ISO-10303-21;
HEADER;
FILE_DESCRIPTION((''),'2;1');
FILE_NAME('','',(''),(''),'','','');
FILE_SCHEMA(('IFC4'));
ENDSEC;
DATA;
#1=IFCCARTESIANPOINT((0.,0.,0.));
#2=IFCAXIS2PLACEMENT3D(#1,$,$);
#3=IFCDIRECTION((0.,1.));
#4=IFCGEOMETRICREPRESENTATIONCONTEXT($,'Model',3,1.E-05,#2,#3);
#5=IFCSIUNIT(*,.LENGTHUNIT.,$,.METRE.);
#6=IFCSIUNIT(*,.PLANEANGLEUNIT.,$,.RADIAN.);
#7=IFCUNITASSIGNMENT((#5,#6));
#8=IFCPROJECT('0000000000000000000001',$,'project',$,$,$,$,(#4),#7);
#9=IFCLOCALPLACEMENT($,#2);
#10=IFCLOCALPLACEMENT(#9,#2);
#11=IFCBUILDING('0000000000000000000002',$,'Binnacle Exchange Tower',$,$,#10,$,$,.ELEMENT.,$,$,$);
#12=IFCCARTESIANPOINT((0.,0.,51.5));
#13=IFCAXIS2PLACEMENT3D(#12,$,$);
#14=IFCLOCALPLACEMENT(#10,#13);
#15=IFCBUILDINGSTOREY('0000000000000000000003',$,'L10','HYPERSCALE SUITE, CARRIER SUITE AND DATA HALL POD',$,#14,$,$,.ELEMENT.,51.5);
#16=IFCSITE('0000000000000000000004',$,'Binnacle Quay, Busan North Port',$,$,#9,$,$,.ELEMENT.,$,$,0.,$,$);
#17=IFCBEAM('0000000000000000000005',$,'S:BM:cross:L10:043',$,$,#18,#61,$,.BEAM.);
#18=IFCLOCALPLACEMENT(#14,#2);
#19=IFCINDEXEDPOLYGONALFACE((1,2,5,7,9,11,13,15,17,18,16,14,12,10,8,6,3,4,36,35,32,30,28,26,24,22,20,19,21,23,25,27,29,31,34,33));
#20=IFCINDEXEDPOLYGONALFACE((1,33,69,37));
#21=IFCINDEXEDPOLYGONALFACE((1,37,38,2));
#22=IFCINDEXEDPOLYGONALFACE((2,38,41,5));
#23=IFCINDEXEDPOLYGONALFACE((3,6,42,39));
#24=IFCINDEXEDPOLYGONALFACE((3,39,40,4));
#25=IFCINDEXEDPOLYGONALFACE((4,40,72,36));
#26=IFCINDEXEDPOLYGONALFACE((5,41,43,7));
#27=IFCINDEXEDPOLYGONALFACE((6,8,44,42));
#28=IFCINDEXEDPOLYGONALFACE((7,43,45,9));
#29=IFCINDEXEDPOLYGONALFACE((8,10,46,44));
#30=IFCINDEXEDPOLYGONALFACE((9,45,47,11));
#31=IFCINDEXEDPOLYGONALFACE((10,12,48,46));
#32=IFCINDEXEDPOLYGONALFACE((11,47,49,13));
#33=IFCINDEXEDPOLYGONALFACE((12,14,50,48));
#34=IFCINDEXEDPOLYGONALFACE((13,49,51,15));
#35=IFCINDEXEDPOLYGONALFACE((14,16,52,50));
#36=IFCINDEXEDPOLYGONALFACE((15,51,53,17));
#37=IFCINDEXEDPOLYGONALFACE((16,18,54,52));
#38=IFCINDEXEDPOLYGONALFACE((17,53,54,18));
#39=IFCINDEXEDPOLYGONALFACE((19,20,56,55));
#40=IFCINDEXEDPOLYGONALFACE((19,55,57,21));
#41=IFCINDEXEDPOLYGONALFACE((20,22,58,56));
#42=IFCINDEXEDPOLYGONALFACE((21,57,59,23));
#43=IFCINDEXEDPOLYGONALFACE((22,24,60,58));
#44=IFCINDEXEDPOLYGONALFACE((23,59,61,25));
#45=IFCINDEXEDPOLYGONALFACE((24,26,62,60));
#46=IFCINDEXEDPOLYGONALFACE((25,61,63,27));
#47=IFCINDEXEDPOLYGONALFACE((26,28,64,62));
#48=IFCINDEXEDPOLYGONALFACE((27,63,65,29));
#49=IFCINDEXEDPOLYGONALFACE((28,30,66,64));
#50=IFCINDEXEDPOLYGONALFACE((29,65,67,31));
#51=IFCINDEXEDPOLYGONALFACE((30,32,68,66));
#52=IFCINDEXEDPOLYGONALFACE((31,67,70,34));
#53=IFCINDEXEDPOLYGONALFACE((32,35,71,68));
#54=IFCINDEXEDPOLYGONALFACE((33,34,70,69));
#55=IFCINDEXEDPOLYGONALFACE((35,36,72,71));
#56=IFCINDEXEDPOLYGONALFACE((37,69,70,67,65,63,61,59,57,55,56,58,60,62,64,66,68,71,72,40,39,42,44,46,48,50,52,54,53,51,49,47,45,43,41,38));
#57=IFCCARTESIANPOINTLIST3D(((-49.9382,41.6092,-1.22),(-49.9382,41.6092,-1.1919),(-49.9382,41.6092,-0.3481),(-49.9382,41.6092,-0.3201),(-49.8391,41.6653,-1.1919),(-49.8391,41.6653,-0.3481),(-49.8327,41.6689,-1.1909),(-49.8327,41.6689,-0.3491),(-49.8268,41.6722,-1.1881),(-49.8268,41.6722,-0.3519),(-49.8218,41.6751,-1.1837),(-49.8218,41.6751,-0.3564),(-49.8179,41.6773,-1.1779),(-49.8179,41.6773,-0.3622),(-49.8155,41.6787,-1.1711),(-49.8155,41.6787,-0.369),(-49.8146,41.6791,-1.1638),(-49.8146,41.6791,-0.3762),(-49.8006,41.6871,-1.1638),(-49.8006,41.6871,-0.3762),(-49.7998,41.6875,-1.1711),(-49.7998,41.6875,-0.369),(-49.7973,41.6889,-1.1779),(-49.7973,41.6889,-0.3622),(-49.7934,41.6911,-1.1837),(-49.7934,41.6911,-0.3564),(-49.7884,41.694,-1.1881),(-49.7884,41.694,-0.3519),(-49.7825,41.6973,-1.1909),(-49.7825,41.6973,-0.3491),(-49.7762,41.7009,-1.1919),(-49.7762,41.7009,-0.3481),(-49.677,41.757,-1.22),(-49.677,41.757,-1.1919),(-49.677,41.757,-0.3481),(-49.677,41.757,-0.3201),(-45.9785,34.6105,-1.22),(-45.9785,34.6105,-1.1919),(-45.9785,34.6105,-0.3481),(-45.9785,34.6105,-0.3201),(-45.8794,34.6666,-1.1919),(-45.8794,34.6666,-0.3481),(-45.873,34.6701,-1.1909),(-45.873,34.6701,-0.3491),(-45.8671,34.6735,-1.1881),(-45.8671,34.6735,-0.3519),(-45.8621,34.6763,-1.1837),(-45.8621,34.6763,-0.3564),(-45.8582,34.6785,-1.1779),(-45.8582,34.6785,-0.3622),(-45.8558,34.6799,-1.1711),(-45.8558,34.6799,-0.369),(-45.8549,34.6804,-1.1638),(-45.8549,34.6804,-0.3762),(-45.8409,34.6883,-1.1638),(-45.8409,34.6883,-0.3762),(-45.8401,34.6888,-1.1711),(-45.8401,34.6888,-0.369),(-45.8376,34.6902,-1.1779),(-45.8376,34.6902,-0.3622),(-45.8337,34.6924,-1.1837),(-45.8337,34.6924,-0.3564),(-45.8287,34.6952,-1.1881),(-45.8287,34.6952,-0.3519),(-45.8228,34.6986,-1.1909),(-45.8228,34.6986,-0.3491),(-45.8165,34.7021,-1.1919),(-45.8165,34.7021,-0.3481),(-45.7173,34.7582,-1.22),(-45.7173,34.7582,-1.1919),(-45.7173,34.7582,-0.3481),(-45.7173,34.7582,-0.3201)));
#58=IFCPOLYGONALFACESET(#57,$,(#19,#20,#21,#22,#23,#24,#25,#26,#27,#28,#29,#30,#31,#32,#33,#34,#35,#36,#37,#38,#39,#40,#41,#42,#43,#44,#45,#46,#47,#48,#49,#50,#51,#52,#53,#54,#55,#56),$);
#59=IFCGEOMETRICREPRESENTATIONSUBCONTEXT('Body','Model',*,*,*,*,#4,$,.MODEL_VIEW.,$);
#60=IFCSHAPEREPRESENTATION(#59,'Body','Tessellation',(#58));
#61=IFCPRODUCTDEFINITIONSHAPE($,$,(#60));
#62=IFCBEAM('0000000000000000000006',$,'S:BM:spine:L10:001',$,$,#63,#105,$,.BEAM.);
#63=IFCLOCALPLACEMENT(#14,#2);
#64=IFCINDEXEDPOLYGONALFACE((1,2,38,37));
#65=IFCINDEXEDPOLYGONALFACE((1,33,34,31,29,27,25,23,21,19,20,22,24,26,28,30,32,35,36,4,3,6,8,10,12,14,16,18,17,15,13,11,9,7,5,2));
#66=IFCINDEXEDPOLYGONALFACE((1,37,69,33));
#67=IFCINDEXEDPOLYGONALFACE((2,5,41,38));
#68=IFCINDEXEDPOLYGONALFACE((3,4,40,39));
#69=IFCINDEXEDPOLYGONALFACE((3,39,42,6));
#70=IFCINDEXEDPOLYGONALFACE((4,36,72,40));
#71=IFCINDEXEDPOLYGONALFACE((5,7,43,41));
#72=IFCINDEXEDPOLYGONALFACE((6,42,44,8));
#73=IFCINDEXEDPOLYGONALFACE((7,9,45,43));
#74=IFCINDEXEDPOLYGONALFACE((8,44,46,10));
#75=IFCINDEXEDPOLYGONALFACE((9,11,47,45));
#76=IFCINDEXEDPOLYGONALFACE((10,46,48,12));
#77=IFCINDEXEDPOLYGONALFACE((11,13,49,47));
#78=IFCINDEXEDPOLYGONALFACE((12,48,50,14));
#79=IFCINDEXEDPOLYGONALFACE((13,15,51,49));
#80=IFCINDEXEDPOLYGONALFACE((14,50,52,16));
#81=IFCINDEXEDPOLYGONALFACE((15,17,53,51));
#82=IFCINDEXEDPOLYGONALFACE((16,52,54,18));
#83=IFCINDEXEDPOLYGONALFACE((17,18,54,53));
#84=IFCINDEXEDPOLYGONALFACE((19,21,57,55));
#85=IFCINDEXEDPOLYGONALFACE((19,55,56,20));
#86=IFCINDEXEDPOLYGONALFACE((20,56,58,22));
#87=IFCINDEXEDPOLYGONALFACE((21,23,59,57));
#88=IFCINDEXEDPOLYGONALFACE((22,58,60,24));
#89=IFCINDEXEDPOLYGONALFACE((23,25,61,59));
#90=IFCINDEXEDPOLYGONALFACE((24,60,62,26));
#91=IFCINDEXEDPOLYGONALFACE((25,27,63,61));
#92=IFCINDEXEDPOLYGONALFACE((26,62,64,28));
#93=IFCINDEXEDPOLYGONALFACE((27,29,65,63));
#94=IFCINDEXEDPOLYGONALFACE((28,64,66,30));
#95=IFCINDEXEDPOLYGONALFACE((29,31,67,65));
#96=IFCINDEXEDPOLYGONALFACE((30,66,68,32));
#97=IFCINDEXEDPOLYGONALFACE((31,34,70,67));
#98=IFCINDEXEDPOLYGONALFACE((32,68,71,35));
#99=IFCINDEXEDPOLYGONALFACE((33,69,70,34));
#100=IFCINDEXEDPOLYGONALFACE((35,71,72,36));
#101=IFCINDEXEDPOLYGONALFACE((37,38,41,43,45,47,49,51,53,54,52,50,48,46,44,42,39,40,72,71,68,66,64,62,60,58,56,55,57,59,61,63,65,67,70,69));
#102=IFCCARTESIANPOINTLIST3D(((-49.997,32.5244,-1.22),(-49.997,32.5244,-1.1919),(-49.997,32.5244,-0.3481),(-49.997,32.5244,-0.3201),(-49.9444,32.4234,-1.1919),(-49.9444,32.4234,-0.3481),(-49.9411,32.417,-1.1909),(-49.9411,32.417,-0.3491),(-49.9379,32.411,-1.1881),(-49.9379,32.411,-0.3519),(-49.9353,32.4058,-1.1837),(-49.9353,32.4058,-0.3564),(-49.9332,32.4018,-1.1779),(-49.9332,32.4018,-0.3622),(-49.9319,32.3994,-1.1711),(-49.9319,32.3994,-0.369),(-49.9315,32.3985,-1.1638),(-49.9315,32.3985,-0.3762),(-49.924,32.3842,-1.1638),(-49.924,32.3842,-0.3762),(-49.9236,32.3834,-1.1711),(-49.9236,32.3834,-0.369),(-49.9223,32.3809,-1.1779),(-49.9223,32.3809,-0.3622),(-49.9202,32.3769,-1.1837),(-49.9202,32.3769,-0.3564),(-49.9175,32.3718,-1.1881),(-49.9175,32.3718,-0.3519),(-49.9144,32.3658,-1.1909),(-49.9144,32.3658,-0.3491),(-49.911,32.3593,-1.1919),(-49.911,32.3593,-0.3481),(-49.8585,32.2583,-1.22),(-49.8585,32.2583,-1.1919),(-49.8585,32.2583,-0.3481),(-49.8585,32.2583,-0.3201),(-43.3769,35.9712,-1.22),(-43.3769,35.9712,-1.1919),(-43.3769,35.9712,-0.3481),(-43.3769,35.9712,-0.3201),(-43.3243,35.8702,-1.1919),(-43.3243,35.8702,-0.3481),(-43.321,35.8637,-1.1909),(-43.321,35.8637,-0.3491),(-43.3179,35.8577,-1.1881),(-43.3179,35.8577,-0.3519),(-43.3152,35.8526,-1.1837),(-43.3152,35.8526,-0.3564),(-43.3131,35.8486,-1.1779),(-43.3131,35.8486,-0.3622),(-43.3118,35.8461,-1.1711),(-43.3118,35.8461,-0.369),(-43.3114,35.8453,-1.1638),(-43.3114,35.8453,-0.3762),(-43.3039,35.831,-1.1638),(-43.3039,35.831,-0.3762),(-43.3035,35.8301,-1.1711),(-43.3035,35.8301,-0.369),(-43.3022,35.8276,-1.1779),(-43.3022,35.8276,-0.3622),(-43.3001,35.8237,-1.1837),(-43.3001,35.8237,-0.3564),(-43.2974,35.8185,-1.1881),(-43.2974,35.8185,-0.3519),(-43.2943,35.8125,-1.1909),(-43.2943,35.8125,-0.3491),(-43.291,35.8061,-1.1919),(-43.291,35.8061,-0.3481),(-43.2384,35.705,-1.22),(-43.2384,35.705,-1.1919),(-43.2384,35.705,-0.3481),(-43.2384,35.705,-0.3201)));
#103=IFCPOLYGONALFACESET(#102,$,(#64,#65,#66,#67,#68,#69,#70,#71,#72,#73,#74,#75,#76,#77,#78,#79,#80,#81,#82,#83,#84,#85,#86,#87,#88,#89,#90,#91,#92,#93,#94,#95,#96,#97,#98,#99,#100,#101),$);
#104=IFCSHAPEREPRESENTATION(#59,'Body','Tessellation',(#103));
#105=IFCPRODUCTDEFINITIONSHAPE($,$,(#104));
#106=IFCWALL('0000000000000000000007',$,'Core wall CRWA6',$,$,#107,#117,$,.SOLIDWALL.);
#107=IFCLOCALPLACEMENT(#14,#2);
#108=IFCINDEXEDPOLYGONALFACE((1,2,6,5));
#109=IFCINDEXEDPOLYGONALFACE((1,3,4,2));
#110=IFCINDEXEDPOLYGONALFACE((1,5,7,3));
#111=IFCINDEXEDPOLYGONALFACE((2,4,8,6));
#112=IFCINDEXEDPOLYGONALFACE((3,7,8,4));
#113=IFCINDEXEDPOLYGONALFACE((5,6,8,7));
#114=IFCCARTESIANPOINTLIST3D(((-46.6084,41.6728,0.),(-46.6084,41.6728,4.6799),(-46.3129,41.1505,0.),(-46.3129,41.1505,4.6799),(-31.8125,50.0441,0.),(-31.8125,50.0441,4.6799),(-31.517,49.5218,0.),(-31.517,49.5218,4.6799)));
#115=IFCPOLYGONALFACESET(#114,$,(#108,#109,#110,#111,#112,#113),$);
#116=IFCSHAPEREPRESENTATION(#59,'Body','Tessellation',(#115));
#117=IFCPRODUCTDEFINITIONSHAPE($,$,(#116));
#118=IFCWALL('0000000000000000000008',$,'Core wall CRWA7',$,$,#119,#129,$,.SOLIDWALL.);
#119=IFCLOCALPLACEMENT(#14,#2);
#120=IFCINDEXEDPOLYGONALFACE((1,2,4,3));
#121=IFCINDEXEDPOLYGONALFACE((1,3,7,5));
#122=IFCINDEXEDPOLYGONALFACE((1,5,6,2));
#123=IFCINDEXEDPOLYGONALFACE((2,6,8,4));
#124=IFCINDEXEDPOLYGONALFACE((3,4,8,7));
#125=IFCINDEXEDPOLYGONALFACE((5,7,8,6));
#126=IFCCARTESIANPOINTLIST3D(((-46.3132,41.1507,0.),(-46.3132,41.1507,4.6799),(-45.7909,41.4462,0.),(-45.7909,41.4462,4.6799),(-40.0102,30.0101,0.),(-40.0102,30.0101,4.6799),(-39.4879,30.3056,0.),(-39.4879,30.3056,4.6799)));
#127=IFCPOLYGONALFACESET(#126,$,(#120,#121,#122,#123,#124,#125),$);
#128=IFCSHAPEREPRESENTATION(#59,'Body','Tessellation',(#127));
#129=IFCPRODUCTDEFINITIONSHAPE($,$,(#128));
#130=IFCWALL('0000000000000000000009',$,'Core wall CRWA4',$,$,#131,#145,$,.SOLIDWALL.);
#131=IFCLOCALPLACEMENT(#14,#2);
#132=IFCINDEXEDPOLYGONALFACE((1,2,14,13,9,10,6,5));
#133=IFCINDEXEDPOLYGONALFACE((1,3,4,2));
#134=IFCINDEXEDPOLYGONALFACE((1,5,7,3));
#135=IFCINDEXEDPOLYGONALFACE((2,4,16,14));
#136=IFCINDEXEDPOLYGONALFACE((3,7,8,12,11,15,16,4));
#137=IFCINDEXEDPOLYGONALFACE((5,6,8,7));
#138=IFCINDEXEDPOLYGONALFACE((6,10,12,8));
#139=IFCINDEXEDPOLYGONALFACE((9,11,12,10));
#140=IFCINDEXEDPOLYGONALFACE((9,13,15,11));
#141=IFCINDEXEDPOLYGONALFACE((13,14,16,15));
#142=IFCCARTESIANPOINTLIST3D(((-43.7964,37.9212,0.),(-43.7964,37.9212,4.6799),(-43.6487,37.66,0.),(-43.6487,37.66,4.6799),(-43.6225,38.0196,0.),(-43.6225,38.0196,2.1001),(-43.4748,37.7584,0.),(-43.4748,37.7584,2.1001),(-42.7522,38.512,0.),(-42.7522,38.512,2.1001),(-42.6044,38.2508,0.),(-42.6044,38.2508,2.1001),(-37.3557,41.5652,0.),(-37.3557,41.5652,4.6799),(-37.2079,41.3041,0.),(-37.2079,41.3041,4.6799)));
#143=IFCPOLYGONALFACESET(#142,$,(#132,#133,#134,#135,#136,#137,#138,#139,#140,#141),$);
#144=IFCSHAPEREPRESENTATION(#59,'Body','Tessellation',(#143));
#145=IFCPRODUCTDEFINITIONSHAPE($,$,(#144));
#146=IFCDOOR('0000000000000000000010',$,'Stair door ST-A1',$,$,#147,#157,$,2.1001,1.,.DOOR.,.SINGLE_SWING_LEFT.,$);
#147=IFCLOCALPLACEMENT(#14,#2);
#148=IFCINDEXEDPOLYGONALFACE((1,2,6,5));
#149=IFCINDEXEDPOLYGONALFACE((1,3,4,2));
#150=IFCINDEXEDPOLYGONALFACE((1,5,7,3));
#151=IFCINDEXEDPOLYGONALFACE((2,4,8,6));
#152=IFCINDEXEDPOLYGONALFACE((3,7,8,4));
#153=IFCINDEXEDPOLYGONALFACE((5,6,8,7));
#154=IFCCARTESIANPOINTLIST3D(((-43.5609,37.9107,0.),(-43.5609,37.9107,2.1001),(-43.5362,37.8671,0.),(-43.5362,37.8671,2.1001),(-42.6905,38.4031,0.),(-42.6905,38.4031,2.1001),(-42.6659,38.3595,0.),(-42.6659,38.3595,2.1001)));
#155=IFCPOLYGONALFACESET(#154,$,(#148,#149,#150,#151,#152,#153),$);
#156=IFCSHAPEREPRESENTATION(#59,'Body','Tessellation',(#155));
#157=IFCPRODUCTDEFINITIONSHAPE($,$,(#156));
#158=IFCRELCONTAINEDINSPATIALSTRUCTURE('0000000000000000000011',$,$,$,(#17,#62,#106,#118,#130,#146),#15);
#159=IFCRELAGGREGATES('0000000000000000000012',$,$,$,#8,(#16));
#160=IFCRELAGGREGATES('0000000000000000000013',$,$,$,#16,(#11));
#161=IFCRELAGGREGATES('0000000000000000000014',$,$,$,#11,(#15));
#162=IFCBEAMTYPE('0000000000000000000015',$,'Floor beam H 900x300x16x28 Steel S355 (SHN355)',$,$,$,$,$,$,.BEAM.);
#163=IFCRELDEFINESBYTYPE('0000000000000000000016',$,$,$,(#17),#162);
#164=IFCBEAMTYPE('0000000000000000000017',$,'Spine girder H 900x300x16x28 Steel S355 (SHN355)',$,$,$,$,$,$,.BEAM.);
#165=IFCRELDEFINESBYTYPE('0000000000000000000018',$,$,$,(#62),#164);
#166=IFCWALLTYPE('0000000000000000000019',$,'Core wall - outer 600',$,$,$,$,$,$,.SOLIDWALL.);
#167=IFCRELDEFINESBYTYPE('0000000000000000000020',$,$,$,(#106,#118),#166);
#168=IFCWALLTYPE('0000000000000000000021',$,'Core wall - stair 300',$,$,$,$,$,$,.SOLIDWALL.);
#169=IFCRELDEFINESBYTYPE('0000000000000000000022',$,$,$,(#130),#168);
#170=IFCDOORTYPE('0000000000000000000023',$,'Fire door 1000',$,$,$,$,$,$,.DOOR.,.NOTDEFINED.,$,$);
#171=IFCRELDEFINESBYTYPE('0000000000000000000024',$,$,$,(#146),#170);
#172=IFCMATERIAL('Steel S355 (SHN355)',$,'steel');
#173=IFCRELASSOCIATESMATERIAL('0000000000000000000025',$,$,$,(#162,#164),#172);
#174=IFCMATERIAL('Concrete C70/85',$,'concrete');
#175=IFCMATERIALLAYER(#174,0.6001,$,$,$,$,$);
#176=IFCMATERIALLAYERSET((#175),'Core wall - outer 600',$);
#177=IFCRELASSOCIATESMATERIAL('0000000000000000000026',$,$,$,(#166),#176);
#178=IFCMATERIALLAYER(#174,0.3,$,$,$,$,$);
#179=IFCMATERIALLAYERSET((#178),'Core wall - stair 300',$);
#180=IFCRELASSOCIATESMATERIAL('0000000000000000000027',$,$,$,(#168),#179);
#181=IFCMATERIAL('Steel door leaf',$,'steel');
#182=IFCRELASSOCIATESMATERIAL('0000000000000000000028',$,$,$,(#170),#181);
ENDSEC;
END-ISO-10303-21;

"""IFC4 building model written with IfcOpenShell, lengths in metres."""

from ifc_helpers import new_model, si_unit, direction, frame, frame_2d, origin, origin_2d, place, context, subcontext, project, spatial, rectangle, i_section, extrude, material, layer, layer_set, material_profile, profile_set, type_object, element, fill, save


model = new_model("IFC4")

# Units and contexts
model_context = context("Model", 3, precision=1e-05, world=origin(), true_north=direction((0.0, 1.0)))
body_context = subcontext(model_context, "Body", "Model", "MODEL_VIEW")
ifc_project = project(units=[si_unit("LENGTHUNIT", "METRE"), si_unit("PLANEANGLEUNIT", "RADIAN")], contexts=[model_context])

# Site, building, storey
site_placement = place(None, origin())
site = spatial("IfcSite", under=ifc_project, at=site_placement, Name="Binnacle Quay, Busan North Port", CompositionType="ELEMENT", RefElevation=0.0)
building_placement = place(site_placement, origin())
building = spatial("IfcBuilding", under=site, at=building_placement, Name="Binnacle Exchange Tower", CompositionType="ELEMENT")
storey_placement = place(building_placement, frame((0.0, 0.0, 51.5)))
storey = spatial("IfcBuildingStorey", under=building, at=storey_placement, Name="L10", Description="HYPERSCALE SUITE, CARRIER SUITE AND DATA HALL POD", CompositionType="ELEMENT", Elevation=51.5)

# Shared definitions
ifc_material_1 = material(Name="Concrete C70/85", Category="concrete")

# Beams
ifc_material_2 = material(Name="Steel S355 (SHN355)", Category="steel")
ifc_material_profile_1 = material_profile(ifc_material_2, i_section(OverallWidth=0.3, OverallDepth=0.8999, WebThickness=0.0161, FlangeThickness=0.0281, FilletRadius=0.0281, at=origin_2d()), Name="H 900x300x16x28")
ifc_profile_set_1 = profile_set([ifc_material_profile_1], Name="Steel S355 (SHN355)")
beam_type_1 = type_object("IfcBeamType", Name="Floor beam H 900x300x16x28 Steel S355 (SHN355)", PredefinedType="BEAM", material=ifc_profile_set_1)
beam_1_placement = place(storey_placement, frame((-49.8076, 41.6831, -0.77), z_axis=(0.492423, -0.870356, 0.0), x_axis=(0.870356, 0.492423, 0.0)))
element("IfcBeam", 1, at=beam_1_placement, inside=storey, type_object=beam_type_1, Name="S:BM:cross:L10:043", PredefinedType="BEAM", context=body_context, shape_type="SweptSolid", body=[
    extrude(i_section(OverallWidth=0.3, OverallDepth=0.8999, WebThickness=0.0161, FlangeThickness=0.0281, FilletRadius=0.0281, at=origin_2d()), origin(), (0.0, 0.0, 1.0), 8.0413),
])
ifc_material_profile_2 = material_profile(ifc_material_2, i_section(OverallWidth=0.3, OverallDepth=0.8999, WebThickness=0.0161, FlangeThickness=0.0281, FilletRadius=0.0281, at=origin_2d()), Name="H 900x300x16x28")
ifc_profile_set_2 = profile_set([ifc_material_profile_2], Name="Steel S355 (SHN355)")
beam_type_2 = type_object("IfcBeamType", Name="Spine girder H 900x300x16x28 Steel S355 (SHN355)", PredefinedType="BEAM", material=ifc_profile_set_2)
beam_2_placement = place(storey_placement, frame((-49.9277, 32.3914, -0.77), z_axis=(0.88698, 0.461808, 0.0), x_axis=(-0.461808, 0.88698, 0.0)))
element("IfcBeam", 2, at=beam_2_placement, inside=storey, type_object=beam_type_2, Name="S:BM:spine:L10:001", PredefinedType="BEAM", context=body_context, shape_type="SweptSolid", body=[
    extrude(i_section(OverallWidth=0.3, OverallDepth=0.8999, WebThickness=0.0161, FlangeThickness=0.0281, FilletRadius=0.0281, at=origin_2d()), origin(), (0.0, 0.0, 1.0), 7.4636),
])

# Walls
ifc_layer_1 = layer(ifc_material_1, 0.6001)
ifc_layer_set_1 = layer_set([ifc_layer_1], Name="Core wall - outer 600")
wall_type_1 = type_object("IfcWallType", Name="Core wall - outer 600", PredefinedType="SOLIDWALL", material=ifc_layer_set_1)
wall_1_placement = place(storey_placement, frame((-46.4607, 41.4116, 0.0), z_axis=(0.0, 0.0, 1.0), x_axis=(0.87035, 0.492433, 0.0)))
element("IfcWall", 3, at=wall_1_placement, inside=storey, type_object=wall_type_1, Name="Core wall CRWA6", PredefinedType="SOLIDWALL", context=body_context, shape_type="SweptSolid", body=[
    extrude(rectangle(XDim=17.0, YDim=0.6001, at=frame_2d((8.5, 0.0))), origin(), (0.0, 0.0, 1.0), 4.6799),
])
wall_2_placement = place(storey_placement, frame((-46.052, 41.2983, 0.0), z_axis=(0.0, 0.0, 1.0), x_axis=(0.492419, -0.870359, 0.0)))
element("IfcWall", 4, at=wall_2_placement, inside=storey, type_object=wall_type_1, Name="Core wall CRWA7", PredefinedType="SOLIDWALL", context=body_context, shape_type="SweptSolid", body=[
    extrude(rectangle(XDim=12.8, YDim=0.6001, at=frame_2d((6.3999, 0.0))), origin(), (0.0, 0.0, 1.0), 4.6799),
])

# Wall, opening, door
ifc_layer_2 = layer(ifc_material_1, 0.3)
ifc_layer_set_2 = layer_set([ifc_layer_2], Name="Core wall - stair 300")
wall_type_2 = type_object("IfcWallType", Name="Core wall - stair 300", PredefinedType="SOLIDWALL", material=ifc_layer_set_2)
wall_3_placement = place(storey_placement, frame((-43.7227, 37.7905, 0.0), z_axis=(0.0, 0.0, 1.0), x_axis=(0.870351, 0.492432, 0.0)))
wall_3 = element("IfcWall", 5, at=wall_3_placement, inside=storey, type_object=wall_type_2, Name="Core wall CRWA4", PredefinedType="SOLIDWALL", context=body_context, shape_type="SweptSolid", body=[
    extrude(rectangle(XDim=7.4001, YDim=0.3, at=frame_2d((3.7002, 0.0))), origin(), (0.0, 0.0, 1.0), 4.6799),
])
opening_1_placement = place(wall_3_placement, frame((0.2, 0.0, 0.0)))
opening_1 = element("IfcOpeningElement", 6, at=opening_1_placement, cuts=wall_3, PredefinedType="OPENING", context=body_context, shape_type="SweptSolid", body=[
    extrude(rectangle(XDim=1.0, YDim=2.1001, at=frame_2d((0.5, 1.05))), frame((0.0, 0.1599, 0.0), z_axis=(0.0, -1.0, 0.0), x_axis=(1.0, 0.0, 0.0)), (0.0, 0.0, 1.0), 0.3201),
])
ifc_material_3 = material(Name="Steel door leaf", Category="steel")
door_type = type_object("IfcDoorType", Name="Fire door 1000", OperationType="NOTDEFINED", PredefinedType="DOOR", material=ifc_material_3)
door_placement = place(opening_1_placement, origin())
door = element("IfcDoor", 7, at=door_placement, inside=storey, type_object=door_type, Name="Stair door ST-A1", OperationType="SINGLE_SWING_LEFT", OverallHeight=2.1001, OverallWidth=1.0, PredefinedType="DOOR", context=body_context, shape_type="SweptSolid", body=[
    extrude(rectangle(XDim=1.0, YDim=2.1001, at=frame_2d((0.5, 1.05))), frame((0.0, 0.0249, 0.0), z_axis=(0.0, -1.0, 0.0), x_axis=(1.0, 0.0, 0.0)), (0.0, 0.0, 1.0), 0.05),
])
fill(opening_1, door)

save(model, "model.ifc")
